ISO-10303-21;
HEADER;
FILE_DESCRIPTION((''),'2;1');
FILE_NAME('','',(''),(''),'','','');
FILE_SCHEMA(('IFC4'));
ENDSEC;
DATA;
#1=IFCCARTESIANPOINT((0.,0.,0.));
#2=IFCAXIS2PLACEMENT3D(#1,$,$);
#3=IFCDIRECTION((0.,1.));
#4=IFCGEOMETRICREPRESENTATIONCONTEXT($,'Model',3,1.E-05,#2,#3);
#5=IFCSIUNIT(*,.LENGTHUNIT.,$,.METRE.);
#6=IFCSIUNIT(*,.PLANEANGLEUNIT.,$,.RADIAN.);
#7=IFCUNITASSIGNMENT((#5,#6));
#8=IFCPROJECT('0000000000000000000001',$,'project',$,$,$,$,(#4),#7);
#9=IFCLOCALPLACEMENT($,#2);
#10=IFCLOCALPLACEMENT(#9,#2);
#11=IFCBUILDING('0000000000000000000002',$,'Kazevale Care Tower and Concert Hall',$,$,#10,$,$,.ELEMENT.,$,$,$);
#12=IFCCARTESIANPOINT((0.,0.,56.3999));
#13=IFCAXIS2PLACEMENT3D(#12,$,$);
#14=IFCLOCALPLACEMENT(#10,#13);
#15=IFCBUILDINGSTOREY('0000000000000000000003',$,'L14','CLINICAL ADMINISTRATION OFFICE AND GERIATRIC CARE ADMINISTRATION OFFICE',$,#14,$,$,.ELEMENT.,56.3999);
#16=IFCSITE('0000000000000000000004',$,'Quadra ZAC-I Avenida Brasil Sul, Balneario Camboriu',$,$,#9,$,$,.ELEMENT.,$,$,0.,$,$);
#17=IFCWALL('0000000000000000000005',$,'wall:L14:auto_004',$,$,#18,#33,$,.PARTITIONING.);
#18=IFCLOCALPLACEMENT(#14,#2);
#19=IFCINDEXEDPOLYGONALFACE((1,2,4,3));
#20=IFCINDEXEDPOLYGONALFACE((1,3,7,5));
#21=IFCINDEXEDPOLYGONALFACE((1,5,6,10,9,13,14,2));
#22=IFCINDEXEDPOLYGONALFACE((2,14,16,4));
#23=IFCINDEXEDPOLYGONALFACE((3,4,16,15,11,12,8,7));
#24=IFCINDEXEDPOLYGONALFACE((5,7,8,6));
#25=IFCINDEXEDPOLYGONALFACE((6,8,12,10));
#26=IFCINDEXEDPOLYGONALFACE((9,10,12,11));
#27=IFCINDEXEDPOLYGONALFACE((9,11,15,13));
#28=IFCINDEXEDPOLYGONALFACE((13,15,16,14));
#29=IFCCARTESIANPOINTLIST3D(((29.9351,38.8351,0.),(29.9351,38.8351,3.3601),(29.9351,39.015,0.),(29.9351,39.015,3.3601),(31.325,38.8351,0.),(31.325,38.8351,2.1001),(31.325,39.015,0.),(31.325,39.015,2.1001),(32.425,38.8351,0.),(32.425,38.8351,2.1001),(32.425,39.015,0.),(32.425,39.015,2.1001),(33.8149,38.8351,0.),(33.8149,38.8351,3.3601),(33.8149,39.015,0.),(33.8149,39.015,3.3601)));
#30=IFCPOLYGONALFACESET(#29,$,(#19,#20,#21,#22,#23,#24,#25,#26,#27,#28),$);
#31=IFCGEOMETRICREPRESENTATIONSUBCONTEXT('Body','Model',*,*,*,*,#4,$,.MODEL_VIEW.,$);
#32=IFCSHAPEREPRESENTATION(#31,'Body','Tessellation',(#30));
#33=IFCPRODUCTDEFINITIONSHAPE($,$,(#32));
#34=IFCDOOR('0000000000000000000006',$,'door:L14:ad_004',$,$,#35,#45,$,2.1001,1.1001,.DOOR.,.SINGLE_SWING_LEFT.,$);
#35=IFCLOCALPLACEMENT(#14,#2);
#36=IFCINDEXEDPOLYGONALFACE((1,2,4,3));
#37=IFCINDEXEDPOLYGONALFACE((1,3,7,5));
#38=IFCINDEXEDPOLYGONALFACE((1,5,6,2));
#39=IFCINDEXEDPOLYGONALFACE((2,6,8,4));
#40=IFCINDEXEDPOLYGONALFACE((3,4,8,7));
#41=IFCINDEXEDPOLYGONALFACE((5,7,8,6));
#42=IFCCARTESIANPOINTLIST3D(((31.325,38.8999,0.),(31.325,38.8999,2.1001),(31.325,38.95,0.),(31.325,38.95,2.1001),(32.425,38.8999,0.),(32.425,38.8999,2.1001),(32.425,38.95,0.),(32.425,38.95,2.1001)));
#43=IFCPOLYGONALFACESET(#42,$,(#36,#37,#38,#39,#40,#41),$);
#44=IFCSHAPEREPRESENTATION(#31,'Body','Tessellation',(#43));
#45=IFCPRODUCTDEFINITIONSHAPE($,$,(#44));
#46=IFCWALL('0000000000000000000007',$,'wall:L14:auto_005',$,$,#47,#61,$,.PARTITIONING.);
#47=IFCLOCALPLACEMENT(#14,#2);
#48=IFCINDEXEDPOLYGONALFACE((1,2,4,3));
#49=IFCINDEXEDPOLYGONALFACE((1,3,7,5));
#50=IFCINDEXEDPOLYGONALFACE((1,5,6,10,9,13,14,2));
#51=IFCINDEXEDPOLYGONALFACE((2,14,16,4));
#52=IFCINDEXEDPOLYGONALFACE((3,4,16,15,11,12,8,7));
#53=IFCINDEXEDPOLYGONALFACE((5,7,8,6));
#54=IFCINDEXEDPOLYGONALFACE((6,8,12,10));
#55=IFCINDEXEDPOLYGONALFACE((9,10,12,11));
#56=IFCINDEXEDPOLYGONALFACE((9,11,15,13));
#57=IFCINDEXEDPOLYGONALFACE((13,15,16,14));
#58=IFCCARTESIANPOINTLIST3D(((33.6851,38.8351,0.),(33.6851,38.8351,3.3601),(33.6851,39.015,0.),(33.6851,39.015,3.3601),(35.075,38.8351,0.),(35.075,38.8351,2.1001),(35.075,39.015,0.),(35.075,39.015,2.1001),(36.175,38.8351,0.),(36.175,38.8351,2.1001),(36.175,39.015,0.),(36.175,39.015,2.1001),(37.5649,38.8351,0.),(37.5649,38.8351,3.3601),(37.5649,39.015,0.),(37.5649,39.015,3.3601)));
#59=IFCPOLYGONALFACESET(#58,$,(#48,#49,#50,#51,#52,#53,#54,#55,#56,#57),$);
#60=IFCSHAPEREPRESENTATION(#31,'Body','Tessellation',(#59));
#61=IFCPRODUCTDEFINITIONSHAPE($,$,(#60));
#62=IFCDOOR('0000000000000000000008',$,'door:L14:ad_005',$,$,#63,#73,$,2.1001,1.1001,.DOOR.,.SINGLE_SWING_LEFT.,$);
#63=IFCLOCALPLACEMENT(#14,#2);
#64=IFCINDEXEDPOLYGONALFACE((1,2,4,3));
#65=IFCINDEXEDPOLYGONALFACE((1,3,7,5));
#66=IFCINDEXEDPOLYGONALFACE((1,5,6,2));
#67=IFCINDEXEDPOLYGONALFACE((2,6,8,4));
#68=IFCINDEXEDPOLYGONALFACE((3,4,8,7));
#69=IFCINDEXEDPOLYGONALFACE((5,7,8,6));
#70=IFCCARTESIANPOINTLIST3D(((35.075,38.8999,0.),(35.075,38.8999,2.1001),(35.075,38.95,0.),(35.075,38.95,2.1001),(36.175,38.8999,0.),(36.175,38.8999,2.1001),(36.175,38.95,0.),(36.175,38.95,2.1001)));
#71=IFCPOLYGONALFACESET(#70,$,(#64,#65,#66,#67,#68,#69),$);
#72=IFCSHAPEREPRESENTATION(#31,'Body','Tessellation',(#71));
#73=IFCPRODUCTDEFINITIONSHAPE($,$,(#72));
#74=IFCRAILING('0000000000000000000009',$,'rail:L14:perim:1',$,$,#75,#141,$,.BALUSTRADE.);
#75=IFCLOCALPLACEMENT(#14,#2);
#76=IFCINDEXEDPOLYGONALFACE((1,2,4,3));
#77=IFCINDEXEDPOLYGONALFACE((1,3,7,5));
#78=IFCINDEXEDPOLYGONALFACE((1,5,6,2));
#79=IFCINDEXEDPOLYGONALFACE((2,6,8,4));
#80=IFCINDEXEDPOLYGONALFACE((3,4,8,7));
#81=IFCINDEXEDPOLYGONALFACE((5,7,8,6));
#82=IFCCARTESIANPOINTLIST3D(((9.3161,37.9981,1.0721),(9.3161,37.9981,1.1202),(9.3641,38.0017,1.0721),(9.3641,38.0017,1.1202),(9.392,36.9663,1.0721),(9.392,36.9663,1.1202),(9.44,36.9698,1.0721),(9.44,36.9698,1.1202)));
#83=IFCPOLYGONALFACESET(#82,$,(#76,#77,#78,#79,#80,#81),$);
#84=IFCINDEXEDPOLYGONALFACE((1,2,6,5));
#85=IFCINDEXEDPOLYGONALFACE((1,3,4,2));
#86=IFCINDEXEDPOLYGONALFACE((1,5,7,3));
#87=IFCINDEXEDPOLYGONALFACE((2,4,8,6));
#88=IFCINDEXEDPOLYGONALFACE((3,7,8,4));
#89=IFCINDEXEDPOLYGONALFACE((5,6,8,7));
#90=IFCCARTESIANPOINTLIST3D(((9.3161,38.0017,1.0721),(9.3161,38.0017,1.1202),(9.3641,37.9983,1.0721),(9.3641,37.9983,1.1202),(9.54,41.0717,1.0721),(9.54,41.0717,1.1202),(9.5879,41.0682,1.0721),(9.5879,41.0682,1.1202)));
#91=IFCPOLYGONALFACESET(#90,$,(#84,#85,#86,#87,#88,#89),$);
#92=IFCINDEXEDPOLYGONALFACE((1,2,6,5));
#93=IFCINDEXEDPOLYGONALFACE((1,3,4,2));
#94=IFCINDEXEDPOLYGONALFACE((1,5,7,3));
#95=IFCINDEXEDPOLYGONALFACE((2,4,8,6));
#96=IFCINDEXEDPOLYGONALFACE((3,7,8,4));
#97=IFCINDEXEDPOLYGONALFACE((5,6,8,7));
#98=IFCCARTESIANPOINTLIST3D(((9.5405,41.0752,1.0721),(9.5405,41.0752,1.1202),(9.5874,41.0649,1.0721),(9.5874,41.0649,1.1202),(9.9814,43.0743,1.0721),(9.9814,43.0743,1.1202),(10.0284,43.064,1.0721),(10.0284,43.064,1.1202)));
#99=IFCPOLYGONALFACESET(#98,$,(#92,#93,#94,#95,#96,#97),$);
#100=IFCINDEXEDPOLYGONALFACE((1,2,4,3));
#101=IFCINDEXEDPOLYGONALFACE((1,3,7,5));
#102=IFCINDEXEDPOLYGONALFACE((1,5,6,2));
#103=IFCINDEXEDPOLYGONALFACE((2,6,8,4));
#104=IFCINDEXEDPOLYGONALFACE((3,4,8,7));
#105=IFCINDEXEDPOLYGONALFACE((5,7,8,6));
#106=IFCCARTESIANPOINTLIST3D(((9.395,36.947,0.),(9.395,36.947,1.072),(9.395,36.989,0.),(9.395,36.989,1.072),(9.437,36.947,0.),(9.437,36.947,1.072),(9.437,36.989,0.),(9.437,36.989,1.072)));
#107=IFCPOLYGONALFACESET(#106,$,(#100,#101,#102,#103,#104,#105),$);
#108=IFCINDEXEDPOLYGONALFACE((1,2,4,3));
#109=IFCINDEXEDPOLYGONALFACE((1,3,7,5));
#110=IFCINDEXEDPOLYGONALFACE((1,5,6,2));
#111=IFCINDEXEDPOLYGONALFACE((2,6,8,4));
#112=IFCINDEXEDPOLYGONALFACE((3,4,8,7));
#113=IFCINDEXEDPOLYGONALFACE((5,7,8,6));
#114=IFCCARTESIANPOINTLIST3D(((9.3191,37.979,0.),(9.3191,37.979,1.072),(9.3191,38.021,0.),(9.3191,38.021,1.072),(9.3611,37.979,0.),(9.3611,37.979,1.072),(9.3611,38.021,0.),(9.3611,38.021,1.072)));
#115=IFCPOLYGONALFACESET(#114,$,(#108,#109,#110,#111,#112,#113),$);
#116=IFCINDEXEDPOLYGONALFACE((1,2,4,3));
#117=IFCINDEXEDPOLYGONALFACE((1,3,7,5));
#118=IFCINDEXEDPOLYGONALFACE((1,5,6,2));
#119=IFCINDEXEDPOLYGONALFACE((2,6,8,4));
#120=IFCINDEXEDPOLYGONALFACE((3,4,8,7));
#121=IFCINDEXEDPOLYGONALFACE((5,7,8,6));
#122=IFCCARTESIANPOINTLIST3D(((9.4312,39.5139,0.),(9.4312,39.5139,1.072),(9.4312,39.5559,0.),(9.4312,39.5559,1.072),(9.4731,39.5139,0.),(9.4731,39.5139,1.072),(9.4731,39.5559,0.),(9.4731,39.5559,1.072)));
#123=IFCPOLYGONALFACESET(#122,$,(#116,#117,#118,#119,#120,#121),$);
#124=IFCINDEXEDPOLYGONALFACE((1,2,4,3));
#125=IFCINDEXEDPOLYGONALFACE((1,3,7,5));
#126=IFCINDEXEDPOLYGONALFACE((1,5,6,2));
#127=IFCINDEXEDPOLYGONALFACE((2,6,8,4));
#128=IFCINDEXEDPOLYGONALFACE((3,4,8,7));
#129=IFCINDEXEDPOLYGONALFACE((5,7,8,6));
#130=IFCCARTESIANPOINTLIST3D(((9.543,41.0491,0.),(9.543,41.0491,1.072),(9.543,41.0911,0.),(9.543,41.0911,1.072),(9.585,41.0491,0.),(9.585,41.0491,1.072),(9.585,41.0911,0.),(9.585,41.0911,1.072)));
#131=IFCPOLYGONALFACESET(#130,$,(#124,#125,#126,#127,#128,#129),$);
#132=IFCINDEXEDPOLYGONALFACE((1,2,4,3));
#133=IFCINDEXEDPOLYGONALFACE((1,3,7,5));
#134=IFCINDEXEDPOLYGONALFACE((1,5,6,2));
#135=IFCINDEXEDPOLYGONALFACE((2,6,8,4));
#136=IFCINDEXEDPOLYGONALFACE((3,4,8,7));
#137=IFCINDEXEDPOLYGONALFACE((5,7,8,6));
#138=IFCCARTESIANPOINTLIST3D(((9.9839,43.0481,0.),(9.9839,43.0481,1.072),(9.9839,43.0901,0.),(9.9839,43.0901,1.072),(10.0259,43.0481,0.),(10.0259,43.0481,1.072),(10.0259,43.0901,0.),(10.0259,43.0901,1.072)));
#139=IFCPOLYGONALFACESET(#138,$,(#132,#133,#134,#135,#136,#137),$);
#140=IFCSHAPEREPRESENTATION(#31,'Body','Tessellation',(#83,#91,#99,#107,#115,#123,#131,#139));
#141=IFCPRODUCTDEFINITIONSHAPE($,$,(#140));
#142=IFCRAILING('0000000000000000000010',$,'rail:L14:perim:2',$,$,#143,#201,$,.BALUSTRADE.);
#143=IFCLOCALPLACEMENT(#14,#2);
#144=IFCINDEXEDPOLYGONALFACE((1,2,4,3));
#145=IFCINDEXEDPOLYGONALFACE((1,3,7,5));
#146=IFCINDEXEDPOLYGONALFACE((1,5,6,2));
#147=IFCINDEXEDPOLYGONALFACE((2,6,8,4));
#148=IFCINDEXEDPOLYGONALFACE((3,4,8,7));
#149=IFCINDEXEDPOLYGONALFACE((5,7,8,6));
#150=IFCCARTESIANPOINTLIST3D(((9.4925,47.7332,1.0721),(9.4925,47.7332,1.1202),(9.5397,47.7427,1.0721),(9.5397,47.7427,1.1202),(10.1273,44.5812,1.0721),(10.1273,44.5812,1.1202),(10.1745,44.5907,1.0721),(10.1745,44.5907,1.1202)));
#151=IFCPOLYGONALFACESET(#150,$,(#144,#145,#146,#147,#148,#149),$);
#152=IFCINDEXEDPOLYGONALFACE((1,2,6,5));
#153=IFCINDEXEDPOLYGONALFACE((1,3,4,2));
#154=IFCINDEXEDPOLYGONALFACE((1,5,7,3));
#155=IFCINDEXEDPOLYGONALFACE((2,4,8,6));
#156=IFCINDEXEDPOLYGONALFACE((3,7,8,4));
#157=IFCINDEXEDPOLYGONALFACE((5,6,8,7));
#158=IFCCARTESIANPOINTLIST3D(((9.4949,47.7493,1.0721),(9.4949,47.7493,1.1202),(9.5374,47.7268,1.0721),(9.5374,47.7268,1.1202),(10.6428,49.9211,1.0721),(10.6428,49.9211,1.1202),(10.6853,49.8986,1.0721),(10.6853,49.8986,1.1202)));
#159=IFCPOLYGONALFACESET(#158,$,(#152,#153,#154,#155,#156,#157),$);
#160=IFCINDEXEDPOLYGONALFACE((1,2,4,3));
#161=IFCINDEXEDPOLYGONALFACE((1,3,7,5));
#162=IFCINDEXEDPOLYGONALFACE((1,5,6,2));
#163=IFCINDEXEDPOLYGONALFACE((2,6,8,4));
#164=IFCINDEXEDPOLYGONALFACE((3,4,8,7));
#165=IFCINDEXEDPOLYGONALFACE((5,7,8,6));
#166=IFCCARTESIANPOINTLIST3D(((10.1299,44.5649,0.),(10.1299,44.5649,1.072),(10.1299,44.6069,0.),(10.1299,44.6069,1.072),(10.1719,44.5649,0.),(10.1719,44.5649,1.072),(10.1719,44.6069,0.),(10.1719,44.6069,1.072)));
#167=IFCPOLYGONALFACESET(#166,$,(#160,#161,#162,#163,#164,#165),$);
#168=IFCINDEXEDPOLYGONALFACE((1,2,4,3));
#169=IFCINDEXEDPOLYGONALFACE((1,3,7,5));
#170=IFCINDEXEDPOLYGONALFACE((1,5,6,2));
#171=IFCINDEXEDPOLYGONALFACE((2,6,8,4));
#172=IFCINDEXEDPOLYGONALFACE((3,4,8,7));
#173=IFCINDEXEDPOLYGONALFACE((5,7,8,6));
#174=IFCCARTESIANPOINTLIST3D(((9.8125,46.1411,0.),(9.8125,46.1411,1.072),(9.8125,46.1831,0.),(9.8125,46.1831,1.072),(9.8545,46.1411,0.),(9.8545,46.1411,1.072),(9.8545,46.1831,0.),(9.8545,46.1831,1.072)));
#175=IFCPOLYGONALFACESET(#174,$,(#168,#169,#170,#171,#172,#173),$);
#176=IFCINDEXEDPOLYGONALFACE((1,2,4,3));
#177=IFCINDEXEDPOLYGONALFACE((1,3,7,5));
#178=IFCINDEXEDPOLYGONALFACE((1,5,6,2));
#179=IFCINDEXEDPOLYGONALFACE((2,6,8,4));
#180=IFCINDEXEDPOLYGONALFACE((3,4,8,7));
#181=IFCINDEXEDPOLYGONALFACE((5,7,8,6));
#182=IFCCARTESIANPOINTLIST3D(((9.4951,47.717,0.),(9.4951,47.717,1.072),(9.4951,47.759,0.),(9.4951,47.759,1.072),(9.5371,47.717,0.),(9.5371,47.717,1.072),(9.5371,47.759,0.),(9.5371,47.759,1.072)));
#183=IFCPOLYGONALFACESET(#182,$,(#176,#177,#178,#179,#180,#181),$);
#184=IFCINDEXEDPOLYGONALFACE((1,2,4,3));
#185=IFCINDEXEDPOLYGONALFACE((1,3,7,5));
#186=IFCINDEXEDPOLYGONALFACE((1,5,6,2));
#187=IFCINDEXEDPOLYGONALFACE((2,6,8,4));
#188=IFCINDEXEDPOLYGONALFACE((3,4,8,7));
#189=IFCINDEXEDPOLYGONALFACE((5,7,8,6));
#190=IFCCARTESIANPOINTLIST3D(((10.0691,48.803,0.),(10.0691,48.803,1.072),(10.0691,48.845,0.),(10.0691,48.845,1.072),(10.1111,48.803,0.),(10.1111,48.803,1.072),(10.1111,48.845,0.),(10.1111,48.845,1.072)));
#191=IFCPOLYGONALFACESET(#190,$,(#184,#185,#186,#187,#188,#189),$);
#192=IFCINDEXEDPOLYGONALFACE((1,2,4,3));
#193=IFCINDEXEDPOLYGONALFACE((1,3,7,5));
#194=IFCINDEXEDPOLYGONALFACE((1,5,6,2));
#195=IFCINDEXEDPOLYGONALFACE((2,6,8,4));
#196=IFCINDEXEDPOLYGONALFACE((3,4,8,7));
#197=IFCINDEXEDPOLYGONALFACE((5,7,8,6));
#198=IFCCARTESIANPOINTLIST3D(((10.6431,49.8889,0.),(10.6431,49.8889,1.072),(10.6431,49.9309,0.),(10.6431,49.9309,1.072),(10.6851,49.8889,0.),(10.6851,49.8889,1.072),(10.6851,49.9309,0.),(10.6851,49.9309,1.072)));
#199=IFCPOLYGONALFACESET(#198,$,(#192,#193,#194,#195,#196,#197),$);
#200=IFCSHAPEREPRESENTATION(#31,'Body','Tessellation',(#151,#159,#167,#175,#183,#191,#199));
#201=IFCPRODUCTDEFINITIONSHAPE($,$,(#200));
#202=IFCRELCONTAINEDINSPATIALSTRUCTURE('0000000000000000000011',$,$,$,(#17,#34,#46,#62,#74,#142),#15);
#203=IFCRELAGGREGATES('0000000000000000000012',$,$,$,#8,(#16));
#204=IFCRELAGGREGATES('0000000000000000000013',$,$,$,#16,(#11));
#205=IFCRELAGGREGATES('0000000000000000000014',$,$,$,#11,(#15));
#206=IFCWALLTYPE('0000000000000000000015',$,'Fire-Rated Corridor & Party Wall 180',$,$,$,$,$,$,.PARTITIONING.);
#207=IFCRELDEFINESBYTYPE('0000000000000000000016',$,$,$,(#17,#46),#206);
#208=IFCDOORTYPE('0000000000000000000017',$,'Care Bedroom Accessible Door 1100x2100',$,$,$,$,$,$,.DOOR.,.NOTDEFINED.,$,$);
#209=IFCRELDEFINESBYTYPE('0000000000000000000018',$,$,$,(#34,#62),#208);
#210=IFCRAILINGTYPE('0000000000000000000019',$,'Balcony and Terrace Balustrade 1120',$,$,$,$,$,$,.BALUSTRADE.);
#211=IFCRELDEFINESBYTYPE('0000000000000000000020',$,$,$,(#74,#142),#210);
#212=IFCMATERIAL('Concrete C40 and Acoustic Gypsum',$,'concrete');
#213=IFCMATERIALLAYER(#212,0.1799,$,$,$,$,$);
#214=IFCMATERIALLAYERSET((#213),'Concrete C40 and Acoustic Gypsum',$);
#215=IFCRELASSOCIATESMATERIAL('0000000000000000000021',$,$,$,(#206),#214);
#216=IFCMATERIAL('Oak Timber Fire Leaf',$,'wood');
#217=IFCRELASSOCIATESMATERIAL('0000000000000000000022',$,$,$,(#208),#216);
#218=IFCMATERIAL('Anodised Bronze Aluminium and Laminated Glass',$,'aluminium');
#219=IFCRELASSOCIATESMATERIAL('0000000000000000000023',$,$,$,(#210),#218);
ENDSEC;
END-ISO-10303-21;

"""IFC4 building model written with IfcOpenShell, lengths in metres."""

from ifc_helpers import new_model, si_unit, direction, frame, frame_2d, origin, origin_2d, place, context, subcontext, project, spatial, rectangle, extrude, material, layer, layer_set, type_object, element, fill, save


model = new_model("IFC4")

# Units and contexts
model_context = context("Model", 3, precision=1e-05, world=origin(), true_north=direction((0.0, 1.0)))
body_context = subcontext(model_context, "Body", "Model", "MODEL_VIEW")
ifc_project = project(units=[si_unit("LENGTHUNIT", "METRE"), si_unit("PLANEANGLEUNIT", "RADIAN")], contexts=[model_context])

# Site, building, storey
site_placement = place(None, origin())
site = spatial("IfcSite", under=ifc_project, at=site_placement, Name="Quadra ZAC-I Avenida Brasil Sul, Balneario Camboriu", CompositionType="ELEMENT", RefElevation=0.0)
building_placement = place(site_placement, origin())
building = spatial("IfcBuilding", under=site, at=building_placement, Name="Kazevale Care Tower and Concert Hall", CompositionType="ELEMENT")
storey_placement = place(building_placement, frame((0.0, 0.0, 56.3999)))
storey = spatial("IfcBuildingStorey", under=building, at=storey_placement, Name="L14", Description="CLINICAL ADMINISTRATION OFFICE AND GERIATRIC CARE ADMINISTRATION OFFICE", CompositionType="ELEMENT", Elevation=56.3999)

# Walls, openings, doors
ifc_material_1 = material(Name="Concrete C40 and Acoustic Gypsum", Category="concrete")
ifc_layer_1 = layer(ifc_material_1, 0.1799)
ifc_layer_set_1 = layer_set([ifc_layer_1], Name="Concrete C40 and Acoustic Gypsum")
wall_type = type_object("IfcWallType", Name="Fire-Rated Corridor & Party Wall 180", PredefinedType="PARTITIONING", material=ifc_layer_set_1)
ifc_material_2 = material(Name="Oak Timber Fire Leaf", Category="wood")
door_type = type_object("IfcDoorType", Name="Care Bedroom Accessible Door 1100x2100", OperationType="NOTDEFINED", PredefinedType="DOOR", material=ifc_material_2)
wall_1_placement = place(storey_placement, frame((29.9351, 38.925, 0.0), z_axis=(0.0, 0.0, 1.0), x_axis=(1.0, 0.0, 0.0)))
wall_1 = element("IfcWall", 1, at=wall_1_placement, inside=storey, type_object=wall_type, Name="wall:L14:auto_004", PredefinedType="PARTITIONING", context=body_context, shape_type="SweptSolid", body=[
    extrude(rectangle(XDim=3.8799, YDim=0.1799, at=frame_2d((1.9399, 0.0))), origin(), (0.0, 0.0, 1.0), 3.3601),
])
opening_1_placement = place(wall_1_placement, frame((1.3899, 0.0, 0.0)))
opening_1 = element("IfcOpeningElement", 2, at=opening_1_placement, cuts=wall_1, PredefinedType="OPENING", context=body_context, shape_type="SweptSolid", body=[
    extrude(rectangle(XDim=1.1001, YDim=2.1001, at=frame_2d((0.55, 1.05))), frame((0.0, 0.0999, 0.0), z_axis=(0.0, -1.0, 0.0), x_axis=(1.0, 0.0, 0.0)), (0.0, 0.0, 1.0), 0.2),
])
door_1_placement = place(opening_1_placement, origin())
door_1 = element("IfcDoor", 3, at=door_1_placement, inside=storey, type_object=door_type, Name="door:L14:ad_004", OperationType="SINGLE_SWING_LEFT", OverallHeight=2.1001, OverallWidth=1.1001, PredefinedType="DOOR", context=body_context, shape_type="SweptSolid", body=[
    extrude(rectangle(XDim=1.1001, YDim=2.1001, at=frame_2d((0.55, 1.05))), frame((0.0, 0.0249, 0.0), z_axis=(0.0, -1.0, 0.0), x_axis=(1.0, 0.0, 0.0)), (0.0, 0.0, 1.0), 0.05),
])
fill(opening_1, door_1)
wall_2_placement = place(storey_placement, frame((33.6851, 38.925, 0.0), z_axis=(0.0, 0.0, 1.0), x_axis=(1.0, 0.0, 0.0)))
wall_2 = element("IfcWall", 4, at=wall_2_placement, inside=storey, type_object=wall_type, Name="wall:L14:auto_005", PredefinedType="PARTITIONING", context=body_context, shape_type="SweptSolid", body=[
    extrude(rectangle(XDim=3.8799, YDim=0.1799, at=frame_2d((1.9399, 0.0))), origin(), (0.0, 0.0, 1.0), 3.3601),
])
opening_2_placement = place(wall_2_placement, frame((1.3899, 0.0, 0.0)))
opening_2 = element("IfcOpeningElement", 5, at=opening_2_placement, cuts=wall_2, PredefinedType="OPENING", context=body_context, shape_type="SweptSolid", body=[
    extrude(rectangle(XDim=1.1001, YDim=2.1001, at=frame_2d((0.55, 1.05))), frame((0.0, 0.0999, 0.0), z_axis=(0.0, -1.0, 0.0), x_axis=(1.0, 0.0, 0.0)), (0.0, 0.0, 1.0), 0.2),
])
door_2_placement = place(opening_2_placement, origin())
door_2 = element("IfcDoor", 6, at=door_2_placement, inside=storey, type_object=door_type, Name="door:L14:ad_005", OperationType="SINGLE_SWING_LEFT", OverallHeight=2.1001, OverallWidth=1.1001, PredefinedType="DOOR", context=body_context, shape_type="SweptSolid", body=[
    extrude(rectangle(XDim=1.1001, YDim=2.1001, at=frame_2d((0.55, 1.05))), frame((0.0, 0.0249, 0.0), z_axis=(0.0, -1.0, 0.0), x_axis=(1.0, 0.0, 0.0)), (0.0, 0.0, 1.0), 0.05),
])
fill(opening_2, door_2)

# Railings
ifc_material_3 = material(Name="Anodised Bronze Aluminium and Laminated Glass", Category="aluminium")
railing_type = type_object("IfcRailingType", Name="Balcony and Terrace Balustrade 1120", PredefinedType="BALUSTRADE", material=ifc_material_3)
railing_1_placement = place(storey_placement, frame((9.416, 36.968, 0.0)))
element("IfcRailing", 7, at=railing_1_placement, inside=storey, type_object=railing_type, Name="rail:L14:perim:1", PredefinedType="BALUSTRADE", context=body_context, shape_type="SweptSolid", body=[
    extrude(rectangle(XDim=0.0481, YDim=0.0481, at=origin_2d()), frame((0.0, 0.0, 1.0962), z_axis=(-0.073376, 0.997304, 0.0), x_axis=(-0.997304, -0.073376, 0.0)), (0.0, 0.0, 1.0), 1.0347),
    extrude(rectangle(XDim=0.0481, YDim=0.0481, at=origin_2d()), frame((-0.0759, 1.032, 1.0962), z_axis=(0.072729, 0.997352, 0.0), x_axis=(-0.997352, 0.072729, 0.0)), (0.0, 0.0, 1.0), 3.0781),
    extrude(rectangle(XDim=0.0481, YDim=0.0481, at=origin_2d()), frame((0.1479, 4.1021, 1.0962), z_axis=(0.21539, 0.976528, 0.0), x_axis=(-0.976528, 0.21539, 0.0)), (0.0, 0.0, 1.0), 2.0471),
    extrude(rectangle(XDim=0.042, YDim=0.042, at=origin_2d()), origin(), (0.0, 0.0, 1.0), 1.072),
    extrude(rectangle(XDim=0.042, YDim=0.042, at=origin_2d()), frame((-0.0759, 1.032, 0.0)), (0.0, 0.0, 1.0), 1.072),
    extrude(rectangle(XDim=0.042, YDim=0.042, at=origin_2d()), frame((0.0361, 2.5669, 0.0)), (0.0, 0.0, 1.0), 1.072),
    extrude(rectangle(XDim=0.042, YDim=0.042, at=origin_2d()), frame((0.1479, 4.1021, 0.0)), (0.0, 0.0, 1.0), 1.072),
    extrude(rectangle(XDim=0.042, YDim=0.042, at=origin_2d()), frame((0.5889, 6.1011, 0.0)), (0.0, 0.0, 1.0), 1.072),
])
railing_2_placement = place(storey_placement, frame((10.1509, 44.5859, 0.0)))
element("IfcRailing", 8, at=railing_2_placement, inside=storey, type_object=railing_type, Name="rail:L14:perim:2", PredefinedType="BALUSTRADE", context=body_context, shape_type="SweptSolid", body=[
    extrude(rectangle(XDim=0.0481, YDim=0.0481, at=origin_2d()), frame((0.0, 0.0, 1.0962), z_axis=(-0.197416, 0.98032, 0.0), x_axis=(-0.98032, -0.197416, 0.0)), (0.0, 0.0, 1.0), 3.2153),
    extrude(rectangle(XDim=0.0481, YDim=0.0481, at=origin_2d()), frame((-0.6348, 3.1521, 1.0962), z_axis=(0.467294, 0.884102, 0.0), x_axis=(-0.884102, 0.467294, 0.0)), (0.0, 0.0, 1.0), 2.4565),
    extrude(rectangle(XDim=0.042, YDim=0.042, at=origin_2d()), origin(), (0.0, 0.0, 1.0), 1.072),
    extrude(rectangle(XDim=0.042, YDim=0.042, at=origin_2d()), frame((-0.3174, 1.5762, 0.0)), (0.0, 0.0, 1.0), 1.072),
    extrude(rectangle(XDim=0.042, YDim=0.042, at=origin_2d()), frame((-0.6348, 3.1521, 0.0)), (0.0, 0.0, 1.0), 1.072),
    extrude(rectangle(XDim=0.042, YDim=0.042, at=origin_2d()), frame((-0.0608, 4.238, 0.0)), (0.0, 0.0, 1.0), 1.072),
    extrude(rectangle(XDim=0.042, YDim=0.042, at=origin_2d()), frame((0.5132, 5.324, 0.0)), (0.0, 0.0, 1.0), 1.072),
])

save(model, "model.ifc")
